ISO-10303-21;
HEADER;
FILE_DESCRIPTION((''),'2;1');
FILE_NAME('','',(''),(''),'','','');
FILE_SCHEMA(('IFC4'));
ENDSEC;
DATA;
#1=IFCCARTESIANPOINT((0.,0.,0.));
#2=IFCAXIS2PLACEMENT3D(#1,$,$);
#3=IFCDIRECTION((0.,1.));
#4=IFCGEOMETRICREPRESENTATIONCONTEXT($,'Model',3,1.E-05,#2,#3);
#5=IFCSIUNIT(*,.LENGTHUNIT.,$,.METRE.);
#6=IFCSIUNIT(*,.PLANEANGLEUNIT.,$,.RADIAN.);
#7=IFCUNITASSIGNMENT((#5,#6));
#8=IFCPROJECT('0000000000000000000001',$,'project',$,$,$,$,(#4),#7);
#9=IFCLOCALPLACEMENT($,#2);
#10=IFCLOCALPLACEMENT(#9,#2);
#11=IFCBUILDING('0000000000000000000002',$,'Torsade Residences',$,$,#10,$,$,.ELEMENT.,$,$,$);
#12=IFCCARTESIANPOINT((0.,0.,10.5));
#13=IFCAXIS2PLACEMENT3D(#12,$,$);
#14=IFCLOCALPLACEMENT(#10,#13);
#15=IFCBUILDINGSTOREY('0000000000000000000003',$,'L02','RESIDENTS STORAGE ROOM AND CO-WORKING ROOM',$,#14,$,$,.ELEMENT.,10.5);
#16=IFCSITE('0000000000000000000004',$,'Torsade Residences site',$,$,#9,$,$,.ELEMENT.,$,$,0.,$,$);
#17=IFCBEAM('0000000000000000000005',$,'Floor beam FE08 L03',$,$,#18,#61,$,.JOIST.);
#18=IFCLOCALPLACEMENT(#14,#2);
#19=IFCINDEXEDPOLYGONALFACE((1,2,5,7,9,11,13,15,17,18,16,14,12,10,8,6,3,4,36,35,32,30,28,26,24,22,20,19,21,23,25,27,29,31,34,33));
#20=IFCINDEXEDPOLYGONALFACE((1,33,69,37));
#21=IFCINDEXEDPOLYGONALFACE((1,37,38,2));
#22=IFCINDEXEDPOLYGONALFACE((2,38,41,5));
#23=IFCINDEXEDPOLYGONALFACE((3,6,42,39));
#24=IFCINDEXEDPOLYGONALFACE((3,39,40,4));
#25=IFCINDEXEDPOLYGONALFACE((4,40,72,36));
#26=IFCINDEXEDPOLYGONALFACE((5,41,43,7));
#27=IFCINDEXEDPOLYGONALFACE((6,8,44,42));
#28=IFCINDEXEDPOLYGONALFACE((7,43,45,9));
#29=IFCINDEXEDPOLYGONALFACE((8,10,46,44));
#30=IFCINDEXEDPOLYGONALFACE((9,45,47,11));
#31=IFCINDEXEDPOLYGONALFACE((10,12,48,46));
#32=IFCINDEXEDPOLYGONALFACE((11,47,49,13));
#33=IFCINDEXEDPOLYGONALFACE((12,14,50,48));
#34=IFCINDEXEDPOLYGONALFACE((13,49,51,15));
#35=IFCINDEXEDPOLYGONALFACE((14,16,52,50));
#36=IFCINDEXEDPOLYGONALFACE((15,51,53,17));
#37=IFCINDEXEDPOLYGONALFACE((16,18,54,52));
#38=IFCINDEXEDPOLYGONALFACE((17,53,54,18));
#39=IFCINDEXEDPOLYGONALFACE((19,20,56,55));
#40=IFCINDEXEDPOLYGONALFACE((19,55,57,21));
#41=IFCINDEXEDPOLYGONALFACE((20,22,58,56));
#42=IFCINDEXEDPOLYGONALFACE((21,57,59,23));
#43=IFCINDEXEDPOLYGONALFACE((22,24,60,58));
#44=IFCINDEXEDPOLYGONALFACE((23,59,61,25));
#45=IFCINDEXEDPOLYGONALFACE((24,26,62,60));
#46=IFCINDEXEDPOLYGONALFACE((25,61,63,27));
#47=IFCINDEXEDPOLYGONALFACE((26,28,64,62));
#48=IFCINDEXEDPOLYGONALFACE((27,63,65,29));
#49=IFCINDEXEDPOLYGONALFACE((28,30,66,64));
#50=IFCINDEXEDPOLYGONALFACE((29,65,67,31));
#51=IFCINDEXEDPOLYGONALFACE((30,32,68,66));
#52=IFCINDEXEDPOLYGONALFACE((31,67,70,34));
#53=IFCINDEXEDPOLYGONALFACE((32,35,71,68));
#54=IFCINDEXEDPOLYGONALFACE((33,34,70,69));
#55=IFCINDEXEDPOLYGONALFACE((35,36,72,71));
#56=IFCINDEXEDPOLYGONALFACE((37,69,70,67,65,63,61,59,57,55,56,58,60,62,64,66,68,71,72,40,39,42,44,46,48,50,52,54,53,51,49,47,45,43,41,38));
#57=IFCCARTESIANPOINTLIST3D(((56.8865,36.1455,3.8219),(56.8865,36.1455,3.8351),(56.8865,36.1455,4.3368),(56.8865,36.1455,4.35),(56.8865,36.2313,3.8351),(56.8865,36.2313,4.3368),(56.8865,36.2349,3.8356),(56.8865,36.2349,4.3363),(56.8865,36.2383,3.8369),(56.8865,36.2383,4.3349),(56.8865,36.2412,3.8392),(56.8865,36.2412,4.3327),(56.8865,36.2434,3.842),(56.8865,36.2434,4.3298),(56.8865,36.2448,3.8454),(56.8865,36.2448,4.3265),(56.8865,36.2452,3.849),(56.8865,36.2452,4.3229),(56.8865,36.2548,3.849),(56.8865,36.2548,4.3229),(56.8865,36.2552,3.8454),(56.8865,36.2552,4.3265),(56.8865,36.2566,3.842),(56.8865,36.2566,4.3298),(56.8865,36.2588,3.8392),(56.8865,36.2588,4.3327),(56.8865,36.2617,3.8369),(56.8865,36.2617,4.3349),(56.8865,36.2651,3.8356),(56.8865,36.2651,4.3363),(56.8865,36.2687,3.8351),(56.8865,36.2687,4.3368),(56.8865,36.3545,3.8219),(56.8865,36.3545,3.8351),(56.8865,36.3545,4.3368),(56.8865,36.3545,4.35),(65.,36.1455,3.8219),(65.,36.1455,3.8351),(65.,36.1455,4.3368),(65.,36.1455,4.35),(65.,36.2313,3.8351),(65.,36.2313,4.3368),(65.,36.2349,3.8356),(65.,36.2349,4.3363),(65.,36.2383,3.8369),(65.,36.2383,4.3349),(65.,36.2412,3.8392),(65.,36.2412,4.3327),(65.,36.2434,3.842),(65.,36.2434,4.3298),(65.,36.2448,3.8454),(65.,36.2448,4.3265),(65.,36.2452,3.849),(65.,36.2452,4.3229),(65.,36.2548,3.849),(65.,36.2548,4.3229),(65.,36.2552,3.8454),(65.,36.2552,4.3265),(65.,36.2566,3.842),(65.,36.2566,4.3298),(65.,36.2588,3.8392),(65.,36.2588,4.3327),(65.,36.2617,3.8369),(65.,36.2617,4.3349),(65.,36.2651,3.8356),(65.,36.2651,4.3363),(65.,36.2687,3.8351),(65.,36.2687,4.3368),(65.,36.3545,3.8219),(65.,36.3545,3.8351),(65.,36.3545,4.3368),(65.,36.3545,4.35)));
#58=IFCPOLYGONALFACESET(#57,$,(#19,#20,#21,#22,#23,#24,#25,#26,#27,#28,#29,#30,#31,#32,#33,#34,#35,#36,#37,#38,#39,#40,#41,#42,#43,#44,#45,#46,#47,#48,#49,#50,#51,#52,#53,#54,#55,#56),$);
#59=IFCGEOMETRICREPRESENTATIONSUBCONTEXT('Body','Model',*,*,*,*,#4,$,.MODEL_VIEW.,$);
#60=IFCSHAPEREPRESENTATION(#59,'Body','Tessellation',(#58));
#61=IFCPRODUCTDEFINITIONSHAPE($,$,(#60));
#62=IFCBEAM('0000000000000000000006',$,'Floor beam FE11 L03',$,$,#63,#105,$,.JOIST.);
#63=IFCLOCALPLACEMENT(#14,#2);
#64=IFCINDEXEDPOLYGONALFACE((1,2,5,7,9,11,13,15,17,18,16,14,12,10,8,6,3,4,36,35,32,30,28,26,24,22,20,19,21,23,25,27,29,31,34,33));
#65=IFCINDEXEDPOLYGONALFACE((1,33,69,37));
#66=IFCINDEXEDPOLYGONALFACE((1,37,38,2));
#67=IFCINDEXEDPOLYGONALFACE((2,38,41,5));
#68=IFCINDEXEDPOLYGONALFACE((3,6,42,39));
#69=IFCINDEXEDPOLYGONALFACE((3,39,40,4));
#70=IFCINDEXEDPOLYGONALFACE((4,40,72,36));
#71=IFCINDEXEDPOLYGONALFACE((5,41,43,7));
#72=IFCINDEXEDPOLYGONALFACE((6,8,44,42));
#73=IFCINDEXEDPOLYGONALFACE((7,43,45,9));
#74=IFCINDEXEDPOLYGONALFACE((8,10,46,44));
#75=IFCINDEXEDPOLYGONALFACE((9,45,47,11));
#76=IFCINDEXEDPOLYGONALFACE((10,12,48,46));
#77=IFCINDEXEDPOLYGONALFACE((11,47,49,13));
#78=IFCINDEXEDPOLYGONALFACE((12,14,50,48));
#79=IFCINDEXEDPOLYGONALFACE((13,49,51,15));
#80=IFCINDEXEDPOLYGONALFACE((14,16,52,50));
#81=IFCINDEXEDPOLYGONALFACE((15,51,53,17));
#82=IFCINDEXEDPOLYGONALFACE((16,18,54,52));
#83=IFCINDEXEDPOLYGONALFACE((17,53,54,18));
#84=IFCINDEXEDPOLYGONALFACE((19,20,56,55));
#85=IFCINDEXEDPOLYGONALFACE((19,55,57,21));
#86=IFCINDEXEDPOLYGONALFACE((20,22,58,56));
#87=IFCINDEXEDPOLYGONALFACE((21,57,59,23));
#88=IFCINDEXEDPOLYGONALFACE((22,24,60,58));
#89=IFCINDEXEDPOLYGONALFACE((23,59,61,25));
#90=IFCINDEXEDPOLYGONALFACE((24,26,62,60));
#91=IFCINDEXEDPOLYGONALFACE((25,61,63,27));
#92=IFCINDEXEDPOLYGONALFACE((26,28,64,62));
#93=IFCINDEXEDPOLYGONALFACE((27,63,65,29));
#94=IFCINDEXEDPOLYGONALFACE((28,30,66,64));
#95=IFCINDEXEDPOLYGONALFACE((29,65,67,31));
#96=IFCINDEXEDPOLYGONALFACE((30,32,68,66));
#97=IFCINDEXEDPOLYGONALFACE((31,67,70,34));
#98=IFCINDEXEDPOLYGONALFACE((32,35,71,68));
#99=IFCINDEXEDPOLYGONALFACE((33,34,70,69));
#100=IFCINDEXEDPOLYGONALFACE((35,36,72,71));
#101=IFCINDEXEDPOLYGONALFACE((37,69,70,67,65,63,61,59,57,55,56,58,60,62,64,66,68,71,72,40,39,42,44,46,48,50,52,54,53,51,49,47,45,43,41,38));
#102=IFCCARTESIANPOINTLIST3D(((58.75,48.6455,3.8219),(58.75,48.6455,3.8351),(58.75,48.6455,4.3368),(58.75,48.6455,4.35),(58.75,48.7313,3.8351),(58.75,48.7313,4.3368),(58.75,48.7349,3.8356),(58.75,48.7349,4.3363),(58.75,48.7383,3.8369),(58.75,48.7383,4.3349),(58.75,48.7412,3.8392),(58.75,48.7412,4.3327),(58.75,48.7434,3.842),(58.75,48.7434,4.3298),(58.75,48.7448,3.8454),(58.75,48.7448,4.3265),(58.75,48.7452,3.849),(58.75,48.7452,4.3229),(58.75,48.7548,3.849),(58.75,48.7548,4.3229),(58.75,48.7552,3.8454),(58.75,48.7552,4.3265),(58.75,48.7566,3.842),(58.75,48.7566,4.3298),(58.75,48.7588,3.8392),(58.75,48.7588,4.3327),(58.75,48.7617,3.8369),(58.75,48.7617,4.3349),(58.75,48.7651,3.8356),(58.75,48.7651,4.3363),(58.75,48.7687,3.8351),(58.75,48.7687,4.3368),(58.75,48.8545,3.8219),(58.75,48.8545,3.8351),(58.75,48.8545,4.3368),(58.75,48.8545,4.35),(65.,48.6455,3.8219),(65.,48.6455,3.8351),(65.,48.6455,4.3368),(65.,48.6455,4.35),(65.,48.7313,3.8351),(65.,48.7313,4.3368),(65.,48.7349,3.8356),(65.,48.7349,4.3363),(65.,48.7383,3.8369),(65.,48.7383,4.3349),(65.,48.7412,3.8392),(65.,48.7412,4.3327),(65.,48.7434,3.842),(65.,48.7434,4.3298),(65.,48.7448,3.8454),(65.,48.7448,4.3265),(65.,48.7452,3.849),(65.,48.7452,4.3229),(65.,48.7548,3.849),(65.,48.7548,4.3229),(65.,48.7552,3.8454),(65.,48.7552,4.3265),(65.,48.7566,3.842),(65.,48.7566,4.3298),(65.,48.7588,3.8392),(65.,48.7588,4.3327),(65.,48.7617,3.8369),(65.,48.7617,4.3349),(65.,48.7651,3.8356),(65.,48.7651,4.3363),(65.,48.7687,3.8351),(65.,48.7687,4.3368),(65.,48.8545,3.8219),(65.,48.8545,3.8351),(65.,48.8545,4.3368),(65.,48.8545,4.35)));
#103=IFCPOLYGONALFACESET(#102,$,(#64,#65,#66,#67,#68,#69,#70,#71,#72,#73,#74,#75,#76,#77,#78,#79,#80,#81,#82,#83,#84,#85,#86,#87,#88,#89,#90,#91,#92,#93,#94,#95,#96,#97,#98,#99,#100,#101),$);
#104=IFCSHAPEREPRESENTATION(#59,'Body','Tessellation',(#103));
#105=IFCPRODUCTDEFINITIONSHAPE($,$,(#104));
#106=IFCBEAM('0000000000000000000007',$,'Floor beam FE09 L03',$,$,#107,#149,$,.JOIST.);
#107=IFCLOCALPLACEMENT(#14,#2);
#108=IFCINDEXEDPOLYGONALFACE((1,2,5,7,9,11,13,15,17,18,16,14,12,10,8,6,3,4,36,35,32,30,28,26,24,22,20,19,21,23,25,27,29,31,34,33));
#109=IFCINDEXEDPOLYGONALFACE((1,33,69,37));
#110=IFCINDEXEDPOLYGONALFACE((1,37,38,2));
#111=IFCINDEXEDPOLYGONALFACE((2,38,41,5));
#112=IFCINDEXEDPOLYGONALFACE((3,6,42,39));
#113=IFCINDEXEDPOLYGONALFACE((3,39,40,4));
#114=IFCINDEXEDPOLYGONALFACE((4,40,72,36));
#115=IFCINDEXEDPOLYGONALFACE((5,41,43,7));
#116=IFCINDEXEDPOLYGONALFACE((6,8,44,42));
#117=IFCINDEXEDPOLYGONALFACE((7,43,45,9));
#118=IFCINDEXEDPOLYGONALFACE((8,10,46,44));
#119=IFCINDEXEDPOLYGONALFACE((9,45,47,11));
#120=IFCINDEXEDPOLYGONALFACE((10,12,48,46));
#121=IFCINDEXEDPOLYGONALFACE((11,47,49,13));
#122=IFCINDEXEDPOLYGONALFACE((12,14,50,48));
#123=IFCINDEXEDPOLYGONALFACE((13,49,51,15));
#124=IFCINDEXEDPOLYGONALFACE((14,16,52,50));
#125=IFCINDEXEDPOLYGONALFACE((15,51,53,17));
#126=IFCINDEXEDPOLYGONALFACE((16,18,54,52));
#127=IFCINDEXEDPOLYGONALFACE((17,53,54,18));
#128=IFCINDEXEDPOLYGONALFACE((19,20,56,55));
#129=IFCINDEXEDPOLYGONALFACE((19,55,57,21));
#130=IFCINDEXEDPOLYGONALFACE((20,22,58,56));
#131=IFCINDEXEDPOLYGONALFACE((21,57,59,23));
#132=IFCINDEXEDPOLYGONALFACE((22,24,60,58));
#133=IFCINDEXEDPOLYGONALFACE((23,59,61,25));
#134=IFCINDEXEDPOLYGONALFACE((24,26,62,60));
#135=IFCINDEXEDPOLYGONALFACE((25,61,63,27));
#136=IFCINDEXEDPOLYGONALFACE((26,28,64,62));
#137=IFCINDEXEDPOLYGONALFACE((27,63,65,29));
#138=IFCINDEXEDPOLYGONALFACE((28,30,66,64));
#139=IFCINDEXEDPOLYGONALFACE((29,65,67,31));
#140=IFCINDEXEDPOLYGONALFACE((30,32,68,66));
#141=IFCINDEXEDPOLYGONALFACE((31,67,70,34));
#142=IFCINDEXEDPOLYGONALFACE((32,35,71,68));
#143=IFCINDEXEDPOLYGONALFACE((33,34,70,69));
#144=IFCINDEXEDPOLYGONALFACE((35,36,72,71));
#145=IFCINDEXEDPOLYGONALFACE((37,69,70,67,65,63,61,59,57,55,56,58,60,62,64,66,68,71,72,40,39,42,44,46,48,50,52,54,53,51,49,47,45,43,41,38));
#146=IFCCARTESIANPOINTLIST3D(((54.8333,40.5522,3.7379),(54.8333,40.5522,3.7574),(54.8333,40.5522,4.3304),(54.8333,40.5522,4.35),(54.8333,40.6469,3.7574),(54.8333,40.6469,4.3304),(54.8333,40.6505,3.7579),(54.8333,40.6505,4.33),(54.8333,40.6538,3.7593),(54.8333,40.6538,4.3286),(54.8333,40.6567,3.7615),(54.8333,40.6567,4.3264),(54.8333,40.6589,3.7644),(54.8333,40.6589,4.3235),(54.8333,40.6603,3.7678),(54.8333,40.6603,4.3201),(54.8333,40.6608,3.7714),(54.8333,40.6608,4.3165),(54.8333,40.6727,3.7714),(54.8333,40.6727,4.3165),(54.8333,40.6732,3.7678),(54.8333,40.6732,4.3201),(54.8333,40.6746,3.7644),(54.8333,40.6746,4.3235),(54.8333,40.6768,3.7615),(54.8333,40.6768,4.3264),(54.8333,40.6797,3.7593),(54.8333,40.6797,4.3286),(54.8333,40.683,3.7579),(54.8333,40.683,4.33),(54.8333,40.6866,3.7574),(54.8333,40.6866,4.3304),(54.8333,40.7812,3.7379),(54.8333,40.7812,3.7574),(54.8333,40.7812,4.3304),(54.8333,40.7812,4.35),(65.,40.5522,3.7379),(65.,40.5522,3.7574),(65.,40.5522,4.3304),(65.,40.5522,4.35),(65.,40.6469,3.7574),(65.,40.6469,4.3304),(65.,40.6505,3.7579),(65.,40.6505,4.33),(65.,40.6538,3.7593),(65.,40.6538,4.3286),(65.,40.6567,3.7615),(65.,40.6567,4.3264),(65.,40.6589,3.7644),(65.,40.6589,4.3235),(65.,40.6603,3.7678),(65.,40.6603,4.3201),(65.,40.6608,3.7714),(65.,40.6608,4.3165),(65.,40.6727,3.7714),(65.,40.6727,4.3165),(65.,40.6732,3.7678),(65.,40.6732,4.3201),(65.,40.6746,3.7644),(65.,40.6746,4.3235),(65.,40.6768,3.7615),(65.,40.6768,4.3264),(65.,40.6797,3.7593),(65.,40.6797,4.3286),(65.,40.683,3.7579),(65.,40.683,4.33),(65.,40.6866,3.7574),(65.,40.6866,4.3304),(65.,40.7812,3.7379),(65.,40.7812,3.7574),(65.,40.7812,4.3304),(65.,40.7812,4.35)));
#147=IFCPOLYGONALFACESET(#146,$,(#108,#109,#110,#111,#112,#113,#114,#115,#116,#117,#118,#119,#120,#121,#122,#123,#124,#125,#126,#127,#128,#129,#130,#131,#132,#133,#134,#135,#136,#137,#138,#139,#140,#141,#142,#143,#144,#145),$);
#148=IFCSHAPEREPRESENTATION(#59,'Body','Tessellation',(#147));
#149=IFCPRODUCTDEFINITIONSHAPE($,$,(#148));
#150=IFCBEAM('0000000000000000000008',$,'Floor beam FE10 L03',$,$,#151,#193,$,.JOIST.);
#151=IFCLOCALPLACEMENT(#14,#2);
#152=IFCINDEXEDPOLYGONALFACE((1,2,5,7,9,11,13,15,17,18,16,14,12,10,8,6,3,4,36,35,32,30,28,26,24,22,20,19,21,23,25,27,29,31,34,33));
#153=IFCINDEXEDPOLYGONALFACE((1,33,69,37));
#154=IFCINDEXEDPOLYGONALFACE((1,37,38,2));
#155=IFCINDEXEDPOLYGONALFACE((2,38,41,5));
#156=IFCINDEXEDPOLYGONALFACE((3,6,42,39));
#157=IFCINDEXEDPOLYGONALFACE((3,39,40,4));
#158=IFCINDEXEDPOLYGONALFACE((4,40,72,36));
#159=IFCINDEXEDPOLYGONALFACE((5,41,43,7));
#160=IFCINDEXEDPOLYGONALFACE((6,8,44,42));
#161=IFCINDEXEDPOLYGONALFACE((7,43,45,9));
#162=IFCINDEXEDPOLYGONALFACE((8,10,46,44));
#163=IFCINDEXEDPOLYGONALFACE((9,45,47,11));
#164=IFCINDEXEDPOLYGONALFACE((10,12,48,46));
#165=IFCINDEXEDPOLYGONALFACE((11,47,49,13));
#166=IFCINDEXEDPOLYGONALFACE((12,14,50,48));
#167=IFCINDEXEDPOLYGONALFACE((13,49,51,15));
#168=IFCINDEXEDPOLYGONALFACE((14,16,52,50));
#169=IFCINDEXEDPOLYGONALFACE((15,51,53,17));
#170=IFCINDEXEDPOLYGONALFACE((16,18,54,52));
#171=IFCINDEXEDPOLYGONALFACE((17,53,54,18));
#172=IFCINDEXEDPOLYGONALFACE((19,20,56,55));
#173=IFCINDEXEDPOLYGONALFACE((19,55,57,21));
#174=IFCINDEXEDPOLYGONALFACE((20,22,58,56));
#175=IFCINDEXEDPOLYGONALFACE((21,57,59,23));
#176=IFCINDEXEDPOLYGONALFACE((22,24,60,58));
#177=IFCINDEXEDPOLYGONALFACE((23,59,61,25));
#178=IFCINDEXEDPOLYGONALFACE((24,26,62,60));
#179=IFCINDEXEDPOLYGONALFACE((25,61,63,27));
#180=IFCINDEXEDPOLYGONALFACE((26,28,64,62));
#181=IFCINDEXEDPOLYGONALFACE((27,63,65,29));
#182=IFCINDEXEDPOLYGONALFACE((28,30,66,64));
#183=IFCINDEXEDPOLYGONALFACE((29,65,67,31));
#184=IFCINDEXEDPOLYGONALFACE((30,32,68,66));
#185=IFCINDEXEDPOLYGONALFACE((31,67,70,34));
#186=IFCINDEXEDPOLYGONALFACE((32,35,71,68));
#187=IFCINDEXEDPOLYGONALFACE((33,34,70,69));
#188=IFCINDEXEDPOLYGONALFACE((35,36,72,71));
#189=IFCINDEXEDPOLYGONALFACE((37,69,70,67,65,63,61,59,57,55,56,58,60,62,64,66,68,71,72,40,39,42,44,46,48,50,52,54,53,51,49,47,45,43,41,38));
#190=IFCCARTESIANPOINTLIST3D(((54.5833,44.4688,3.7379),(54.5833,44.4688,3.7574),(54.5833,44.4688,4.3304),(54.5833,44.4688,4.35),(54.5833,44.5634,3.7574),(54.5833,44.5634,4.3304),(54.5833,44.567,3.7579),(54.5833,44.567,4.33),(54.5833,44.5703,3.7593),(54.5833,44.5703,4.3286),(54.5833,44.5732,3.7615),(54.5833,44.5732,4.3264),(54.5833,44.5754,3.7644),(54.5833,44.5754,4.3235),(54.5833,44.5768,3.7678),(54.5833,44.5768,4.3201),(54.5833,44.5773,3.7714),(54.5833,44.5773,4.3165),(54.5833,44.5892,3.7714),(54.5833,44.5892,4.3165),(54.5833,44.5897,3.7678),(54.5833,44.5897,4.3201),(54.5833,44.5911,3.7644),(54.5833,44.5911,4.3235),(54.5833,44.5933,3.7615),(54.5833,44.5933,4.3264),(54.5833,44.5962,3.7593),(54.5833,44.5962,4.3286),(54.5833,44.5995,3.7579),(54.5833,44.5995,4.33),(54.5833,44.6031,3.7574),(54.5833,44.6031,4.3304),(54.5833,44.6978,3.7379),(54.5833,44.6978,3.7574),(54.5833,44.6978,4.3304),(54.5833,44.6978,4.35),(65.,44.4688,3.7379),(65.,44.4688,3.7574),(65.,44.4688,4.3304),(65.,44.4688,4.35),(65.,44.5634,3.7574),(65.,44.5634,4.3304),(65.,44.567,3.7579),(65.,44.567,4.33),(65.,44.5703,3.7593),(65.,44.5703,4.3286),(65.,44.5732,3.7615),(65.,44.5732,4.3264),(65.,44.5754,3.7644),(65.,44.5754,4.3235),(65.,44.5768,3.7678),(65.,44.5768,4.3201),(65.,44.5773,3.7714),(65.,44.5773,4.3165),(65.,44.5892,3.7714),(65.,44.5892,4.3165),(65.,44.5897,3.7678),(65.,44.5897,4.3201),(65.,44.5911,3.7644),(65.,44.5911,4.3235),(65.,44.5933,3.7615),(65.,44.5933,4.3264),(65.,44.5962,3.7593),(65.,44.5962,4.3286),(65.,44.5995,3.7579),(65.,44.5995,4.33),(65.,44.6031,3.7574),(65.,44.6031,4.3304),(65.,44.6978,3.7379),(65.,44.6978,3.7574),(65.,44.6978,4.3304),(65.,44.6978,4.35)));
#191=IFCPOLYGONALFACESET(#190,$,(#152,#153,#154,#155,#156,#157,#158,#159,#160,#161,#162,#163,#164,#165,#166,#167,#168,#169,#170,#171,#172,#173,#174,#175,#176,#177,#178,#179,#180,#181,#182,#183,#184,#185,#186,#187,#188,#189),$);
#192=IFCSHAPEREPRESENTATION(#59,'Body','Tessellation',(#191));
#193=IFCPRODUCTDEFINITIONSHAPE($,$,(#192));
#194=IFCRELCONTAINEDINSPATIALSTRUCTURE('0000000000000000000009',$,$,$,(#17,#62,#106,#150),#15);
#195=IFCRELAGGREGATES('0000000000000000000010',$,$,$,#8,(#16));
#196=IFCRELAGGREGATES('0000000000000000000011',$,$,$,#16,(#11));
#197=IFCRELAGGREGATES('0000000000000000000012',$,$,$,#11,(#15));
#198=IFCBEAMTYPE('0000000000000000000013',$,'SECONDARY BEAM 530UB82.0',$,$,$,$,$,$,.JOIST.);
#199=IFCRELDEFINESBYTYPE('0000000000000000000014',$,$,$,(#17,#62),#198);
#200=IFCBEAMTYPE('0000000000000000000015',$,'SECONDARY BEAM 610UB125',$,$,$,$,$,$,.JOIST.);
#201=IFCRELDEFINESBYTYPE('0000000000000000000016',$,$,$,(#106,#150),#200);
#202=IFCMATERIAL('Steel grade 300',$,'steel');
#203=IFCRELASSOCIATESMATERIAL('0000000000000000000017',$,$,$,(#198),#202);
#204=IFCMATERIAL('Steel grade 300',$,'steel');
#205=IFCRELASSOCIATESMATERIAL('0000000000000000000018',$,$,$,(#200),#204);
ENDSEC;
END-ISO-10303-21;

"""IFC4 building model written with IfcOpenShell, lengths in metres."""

from ifc_helpers import new_model, si_unit, direction, frame, origin, origin_2d, place, context, subcontext, project, spatial, i_section, extrude, material, material_profile, profile_set, type_object, element, save


model = new_model("IFC4")

# Units and contexts
model_context = context("Model", 3, precision=1e-05, world=origin(), true_north=direction((0.0, 1.0)))
body_context = subcontext(model_context, "Body", "Model", "MODEL_VIEW")
ifc_project = project(units=[si_unit("LENGTHUNIT", "METRE"), si_unit("PLANEANGLEUNIT", "RADIAN")], contexts=[model_context])

# Site, building, storey
site_placement = place(None, origin())
site = spatial("IfcSite", under=ifc_project, at=site_placement, Name="Torsade Residences site", CompositionType="ELEMENT", RefElevation=0.0)
building_placement = place(site_placement, origin())
building = spatial("IfcBuilding", under=site, at=building_placement, Name="Torsade Residences", CompositionType="ELEMENT")
storey_placement = place(building_placement, frame((0.0, 0.0, 10.5)))
storey = spatial("IfcBuildingStorey", under=building, at=storey_placement, Name="L02", Description="RESIDENTS STORAGE ROOM AND CO-WORKING ROOM", CompositionType="ELEMENT", Elevation=10.5)

# Beams
ifc_material_1 = material(Name="Steel grade 300", Category="steel")
ifc_material_profile_1 = material_profile(ifc_material_1, i_section(OverallWidth=0.209, OverallDepth=0.5281, WebThickness=0.0095, FlangeThickness=0.0132, FilletRadius=0.0139, at=origin_2d()), Name="530UB82.0")
ifc_profile_set_1 = profile_set([ifc_material_profile_1], Name="Steel grade 300")
beam_type_1 = type_object("IfcBeamType", Name="SECONDARY BEAM 530UB82.0", PredefinedType="JOIST", material=ifc_profile_set_1)
beam_1_placement = place(storey_placement, frame((65.0, 36.25, 4.0859), z_axis=(-1.0, 0.0, 0.0), x_axis=(0.0, -1.0, 0.0)))
element("IfcBeam", 1, at=beam_1_placement, inside=storey, type_object=beam_type_1, Name="Floor beam FE08 L03", PredefinedType="JOIST", context=body_context, shape_type="SweptSolid", body=[
    extrude(i_section(OverallWidth=0.209, OverallDepth=0.5281, WebThickness=0.0095, FlangeThickness=0.0132, FilletRadius=0.0139, at=origin_2d()), origin(), (0.0, 0.0, 1.0), 8.1135),
])
beam_2_placement = place(storey_placement, frame((65.0, 48.75, 4.0859), z_axis=(-1.0, 0.0, 0.0), x_axis=(0.0, -1.0, 0.0)))
element("IfcBeam", 2, at=beam_2_placement, inside=storey, type_object=beam_type_1, Name="Floor beam FE11 L03", PredefinedType="JOIST", context=body_context, shape_type="SweptSolid", body=[
    extrude(i_section(OverallWidth=0.209, OverallDepth=0.5281, WebThickness=0.0095, FlangeThickness=0.0132, FilletRadius=0.0139, at=origin_2d()), origin(), (0.0, 0.0, 1.0), 6.25),
])
ifc_material_2 = material(Name="Steel grade 300", Category="steel")
ifc_material_profile_2 = material_profile(ifc_material_2, i_section(OverallWidth=0.229, OverallDepth=0.6121, WebThickness=0.012, FlangeThickness=0.0195, FilletRadius=0.0139, at=origin_2d()), Name="610UB125")
ifc_profile_set_2 = profile_set([ifc_material_profile_2], Name="Steel grade 300")
beam_type_2 = type_object("IfcBeamType", Name="SECONDARY BEAM 610UB125", PredefinedType="JOIST", material=ifc_profile_set_2)
beam_3_placement = place(storey_placement, frame((65.0, 40.6667, 4.0439), z_axis=(-1.0, 0.0, 0.0), x_axis=(0.0, -1.0, 0.0)))
element("IfcBeam", 3, at=beam_3_placement, inside=storey, type_object=beam_type_2, Name="Floor beam FE09 L03", PredefinedType="JOIST", context=body_context, shape_type="SweptSolid", body=[
    extrude(i_section(OverallWidth=0.229, OverallDepth=0.6121, WebThickness=0.012, FlangeThickness=0.0195, FilletRadius=0.0139, at=origin_2d()), origin(), (0.0, 0.0, 1.0), 10.1667),
])
beam_4_placement = place(storey_placement, frame((65.0, 44.5833, 4.0439), z_axis=(-1.0, 0.0, 0.0), x_axis=(0.0, -1.0, 0.0)))
element("IfcBeam", 4, at=beam_4_placement, inside=storey, type_object=beam_type_2, Name="Floor beam FE10 L03", PredefinedType="JOIST", context=body_context, shape_type="SweptSolid", body=[
    extrude(i_section(OverallWidth=0.229, OverallDepth=0.6121, WebThickness=0.012, FlangeThickness=0.0195, FilletRadius=0.0139, at=origin_2d()), origin(), (0.0, 0.0, 1.0), 10.4167),
])

save(model, "model.ifc")
